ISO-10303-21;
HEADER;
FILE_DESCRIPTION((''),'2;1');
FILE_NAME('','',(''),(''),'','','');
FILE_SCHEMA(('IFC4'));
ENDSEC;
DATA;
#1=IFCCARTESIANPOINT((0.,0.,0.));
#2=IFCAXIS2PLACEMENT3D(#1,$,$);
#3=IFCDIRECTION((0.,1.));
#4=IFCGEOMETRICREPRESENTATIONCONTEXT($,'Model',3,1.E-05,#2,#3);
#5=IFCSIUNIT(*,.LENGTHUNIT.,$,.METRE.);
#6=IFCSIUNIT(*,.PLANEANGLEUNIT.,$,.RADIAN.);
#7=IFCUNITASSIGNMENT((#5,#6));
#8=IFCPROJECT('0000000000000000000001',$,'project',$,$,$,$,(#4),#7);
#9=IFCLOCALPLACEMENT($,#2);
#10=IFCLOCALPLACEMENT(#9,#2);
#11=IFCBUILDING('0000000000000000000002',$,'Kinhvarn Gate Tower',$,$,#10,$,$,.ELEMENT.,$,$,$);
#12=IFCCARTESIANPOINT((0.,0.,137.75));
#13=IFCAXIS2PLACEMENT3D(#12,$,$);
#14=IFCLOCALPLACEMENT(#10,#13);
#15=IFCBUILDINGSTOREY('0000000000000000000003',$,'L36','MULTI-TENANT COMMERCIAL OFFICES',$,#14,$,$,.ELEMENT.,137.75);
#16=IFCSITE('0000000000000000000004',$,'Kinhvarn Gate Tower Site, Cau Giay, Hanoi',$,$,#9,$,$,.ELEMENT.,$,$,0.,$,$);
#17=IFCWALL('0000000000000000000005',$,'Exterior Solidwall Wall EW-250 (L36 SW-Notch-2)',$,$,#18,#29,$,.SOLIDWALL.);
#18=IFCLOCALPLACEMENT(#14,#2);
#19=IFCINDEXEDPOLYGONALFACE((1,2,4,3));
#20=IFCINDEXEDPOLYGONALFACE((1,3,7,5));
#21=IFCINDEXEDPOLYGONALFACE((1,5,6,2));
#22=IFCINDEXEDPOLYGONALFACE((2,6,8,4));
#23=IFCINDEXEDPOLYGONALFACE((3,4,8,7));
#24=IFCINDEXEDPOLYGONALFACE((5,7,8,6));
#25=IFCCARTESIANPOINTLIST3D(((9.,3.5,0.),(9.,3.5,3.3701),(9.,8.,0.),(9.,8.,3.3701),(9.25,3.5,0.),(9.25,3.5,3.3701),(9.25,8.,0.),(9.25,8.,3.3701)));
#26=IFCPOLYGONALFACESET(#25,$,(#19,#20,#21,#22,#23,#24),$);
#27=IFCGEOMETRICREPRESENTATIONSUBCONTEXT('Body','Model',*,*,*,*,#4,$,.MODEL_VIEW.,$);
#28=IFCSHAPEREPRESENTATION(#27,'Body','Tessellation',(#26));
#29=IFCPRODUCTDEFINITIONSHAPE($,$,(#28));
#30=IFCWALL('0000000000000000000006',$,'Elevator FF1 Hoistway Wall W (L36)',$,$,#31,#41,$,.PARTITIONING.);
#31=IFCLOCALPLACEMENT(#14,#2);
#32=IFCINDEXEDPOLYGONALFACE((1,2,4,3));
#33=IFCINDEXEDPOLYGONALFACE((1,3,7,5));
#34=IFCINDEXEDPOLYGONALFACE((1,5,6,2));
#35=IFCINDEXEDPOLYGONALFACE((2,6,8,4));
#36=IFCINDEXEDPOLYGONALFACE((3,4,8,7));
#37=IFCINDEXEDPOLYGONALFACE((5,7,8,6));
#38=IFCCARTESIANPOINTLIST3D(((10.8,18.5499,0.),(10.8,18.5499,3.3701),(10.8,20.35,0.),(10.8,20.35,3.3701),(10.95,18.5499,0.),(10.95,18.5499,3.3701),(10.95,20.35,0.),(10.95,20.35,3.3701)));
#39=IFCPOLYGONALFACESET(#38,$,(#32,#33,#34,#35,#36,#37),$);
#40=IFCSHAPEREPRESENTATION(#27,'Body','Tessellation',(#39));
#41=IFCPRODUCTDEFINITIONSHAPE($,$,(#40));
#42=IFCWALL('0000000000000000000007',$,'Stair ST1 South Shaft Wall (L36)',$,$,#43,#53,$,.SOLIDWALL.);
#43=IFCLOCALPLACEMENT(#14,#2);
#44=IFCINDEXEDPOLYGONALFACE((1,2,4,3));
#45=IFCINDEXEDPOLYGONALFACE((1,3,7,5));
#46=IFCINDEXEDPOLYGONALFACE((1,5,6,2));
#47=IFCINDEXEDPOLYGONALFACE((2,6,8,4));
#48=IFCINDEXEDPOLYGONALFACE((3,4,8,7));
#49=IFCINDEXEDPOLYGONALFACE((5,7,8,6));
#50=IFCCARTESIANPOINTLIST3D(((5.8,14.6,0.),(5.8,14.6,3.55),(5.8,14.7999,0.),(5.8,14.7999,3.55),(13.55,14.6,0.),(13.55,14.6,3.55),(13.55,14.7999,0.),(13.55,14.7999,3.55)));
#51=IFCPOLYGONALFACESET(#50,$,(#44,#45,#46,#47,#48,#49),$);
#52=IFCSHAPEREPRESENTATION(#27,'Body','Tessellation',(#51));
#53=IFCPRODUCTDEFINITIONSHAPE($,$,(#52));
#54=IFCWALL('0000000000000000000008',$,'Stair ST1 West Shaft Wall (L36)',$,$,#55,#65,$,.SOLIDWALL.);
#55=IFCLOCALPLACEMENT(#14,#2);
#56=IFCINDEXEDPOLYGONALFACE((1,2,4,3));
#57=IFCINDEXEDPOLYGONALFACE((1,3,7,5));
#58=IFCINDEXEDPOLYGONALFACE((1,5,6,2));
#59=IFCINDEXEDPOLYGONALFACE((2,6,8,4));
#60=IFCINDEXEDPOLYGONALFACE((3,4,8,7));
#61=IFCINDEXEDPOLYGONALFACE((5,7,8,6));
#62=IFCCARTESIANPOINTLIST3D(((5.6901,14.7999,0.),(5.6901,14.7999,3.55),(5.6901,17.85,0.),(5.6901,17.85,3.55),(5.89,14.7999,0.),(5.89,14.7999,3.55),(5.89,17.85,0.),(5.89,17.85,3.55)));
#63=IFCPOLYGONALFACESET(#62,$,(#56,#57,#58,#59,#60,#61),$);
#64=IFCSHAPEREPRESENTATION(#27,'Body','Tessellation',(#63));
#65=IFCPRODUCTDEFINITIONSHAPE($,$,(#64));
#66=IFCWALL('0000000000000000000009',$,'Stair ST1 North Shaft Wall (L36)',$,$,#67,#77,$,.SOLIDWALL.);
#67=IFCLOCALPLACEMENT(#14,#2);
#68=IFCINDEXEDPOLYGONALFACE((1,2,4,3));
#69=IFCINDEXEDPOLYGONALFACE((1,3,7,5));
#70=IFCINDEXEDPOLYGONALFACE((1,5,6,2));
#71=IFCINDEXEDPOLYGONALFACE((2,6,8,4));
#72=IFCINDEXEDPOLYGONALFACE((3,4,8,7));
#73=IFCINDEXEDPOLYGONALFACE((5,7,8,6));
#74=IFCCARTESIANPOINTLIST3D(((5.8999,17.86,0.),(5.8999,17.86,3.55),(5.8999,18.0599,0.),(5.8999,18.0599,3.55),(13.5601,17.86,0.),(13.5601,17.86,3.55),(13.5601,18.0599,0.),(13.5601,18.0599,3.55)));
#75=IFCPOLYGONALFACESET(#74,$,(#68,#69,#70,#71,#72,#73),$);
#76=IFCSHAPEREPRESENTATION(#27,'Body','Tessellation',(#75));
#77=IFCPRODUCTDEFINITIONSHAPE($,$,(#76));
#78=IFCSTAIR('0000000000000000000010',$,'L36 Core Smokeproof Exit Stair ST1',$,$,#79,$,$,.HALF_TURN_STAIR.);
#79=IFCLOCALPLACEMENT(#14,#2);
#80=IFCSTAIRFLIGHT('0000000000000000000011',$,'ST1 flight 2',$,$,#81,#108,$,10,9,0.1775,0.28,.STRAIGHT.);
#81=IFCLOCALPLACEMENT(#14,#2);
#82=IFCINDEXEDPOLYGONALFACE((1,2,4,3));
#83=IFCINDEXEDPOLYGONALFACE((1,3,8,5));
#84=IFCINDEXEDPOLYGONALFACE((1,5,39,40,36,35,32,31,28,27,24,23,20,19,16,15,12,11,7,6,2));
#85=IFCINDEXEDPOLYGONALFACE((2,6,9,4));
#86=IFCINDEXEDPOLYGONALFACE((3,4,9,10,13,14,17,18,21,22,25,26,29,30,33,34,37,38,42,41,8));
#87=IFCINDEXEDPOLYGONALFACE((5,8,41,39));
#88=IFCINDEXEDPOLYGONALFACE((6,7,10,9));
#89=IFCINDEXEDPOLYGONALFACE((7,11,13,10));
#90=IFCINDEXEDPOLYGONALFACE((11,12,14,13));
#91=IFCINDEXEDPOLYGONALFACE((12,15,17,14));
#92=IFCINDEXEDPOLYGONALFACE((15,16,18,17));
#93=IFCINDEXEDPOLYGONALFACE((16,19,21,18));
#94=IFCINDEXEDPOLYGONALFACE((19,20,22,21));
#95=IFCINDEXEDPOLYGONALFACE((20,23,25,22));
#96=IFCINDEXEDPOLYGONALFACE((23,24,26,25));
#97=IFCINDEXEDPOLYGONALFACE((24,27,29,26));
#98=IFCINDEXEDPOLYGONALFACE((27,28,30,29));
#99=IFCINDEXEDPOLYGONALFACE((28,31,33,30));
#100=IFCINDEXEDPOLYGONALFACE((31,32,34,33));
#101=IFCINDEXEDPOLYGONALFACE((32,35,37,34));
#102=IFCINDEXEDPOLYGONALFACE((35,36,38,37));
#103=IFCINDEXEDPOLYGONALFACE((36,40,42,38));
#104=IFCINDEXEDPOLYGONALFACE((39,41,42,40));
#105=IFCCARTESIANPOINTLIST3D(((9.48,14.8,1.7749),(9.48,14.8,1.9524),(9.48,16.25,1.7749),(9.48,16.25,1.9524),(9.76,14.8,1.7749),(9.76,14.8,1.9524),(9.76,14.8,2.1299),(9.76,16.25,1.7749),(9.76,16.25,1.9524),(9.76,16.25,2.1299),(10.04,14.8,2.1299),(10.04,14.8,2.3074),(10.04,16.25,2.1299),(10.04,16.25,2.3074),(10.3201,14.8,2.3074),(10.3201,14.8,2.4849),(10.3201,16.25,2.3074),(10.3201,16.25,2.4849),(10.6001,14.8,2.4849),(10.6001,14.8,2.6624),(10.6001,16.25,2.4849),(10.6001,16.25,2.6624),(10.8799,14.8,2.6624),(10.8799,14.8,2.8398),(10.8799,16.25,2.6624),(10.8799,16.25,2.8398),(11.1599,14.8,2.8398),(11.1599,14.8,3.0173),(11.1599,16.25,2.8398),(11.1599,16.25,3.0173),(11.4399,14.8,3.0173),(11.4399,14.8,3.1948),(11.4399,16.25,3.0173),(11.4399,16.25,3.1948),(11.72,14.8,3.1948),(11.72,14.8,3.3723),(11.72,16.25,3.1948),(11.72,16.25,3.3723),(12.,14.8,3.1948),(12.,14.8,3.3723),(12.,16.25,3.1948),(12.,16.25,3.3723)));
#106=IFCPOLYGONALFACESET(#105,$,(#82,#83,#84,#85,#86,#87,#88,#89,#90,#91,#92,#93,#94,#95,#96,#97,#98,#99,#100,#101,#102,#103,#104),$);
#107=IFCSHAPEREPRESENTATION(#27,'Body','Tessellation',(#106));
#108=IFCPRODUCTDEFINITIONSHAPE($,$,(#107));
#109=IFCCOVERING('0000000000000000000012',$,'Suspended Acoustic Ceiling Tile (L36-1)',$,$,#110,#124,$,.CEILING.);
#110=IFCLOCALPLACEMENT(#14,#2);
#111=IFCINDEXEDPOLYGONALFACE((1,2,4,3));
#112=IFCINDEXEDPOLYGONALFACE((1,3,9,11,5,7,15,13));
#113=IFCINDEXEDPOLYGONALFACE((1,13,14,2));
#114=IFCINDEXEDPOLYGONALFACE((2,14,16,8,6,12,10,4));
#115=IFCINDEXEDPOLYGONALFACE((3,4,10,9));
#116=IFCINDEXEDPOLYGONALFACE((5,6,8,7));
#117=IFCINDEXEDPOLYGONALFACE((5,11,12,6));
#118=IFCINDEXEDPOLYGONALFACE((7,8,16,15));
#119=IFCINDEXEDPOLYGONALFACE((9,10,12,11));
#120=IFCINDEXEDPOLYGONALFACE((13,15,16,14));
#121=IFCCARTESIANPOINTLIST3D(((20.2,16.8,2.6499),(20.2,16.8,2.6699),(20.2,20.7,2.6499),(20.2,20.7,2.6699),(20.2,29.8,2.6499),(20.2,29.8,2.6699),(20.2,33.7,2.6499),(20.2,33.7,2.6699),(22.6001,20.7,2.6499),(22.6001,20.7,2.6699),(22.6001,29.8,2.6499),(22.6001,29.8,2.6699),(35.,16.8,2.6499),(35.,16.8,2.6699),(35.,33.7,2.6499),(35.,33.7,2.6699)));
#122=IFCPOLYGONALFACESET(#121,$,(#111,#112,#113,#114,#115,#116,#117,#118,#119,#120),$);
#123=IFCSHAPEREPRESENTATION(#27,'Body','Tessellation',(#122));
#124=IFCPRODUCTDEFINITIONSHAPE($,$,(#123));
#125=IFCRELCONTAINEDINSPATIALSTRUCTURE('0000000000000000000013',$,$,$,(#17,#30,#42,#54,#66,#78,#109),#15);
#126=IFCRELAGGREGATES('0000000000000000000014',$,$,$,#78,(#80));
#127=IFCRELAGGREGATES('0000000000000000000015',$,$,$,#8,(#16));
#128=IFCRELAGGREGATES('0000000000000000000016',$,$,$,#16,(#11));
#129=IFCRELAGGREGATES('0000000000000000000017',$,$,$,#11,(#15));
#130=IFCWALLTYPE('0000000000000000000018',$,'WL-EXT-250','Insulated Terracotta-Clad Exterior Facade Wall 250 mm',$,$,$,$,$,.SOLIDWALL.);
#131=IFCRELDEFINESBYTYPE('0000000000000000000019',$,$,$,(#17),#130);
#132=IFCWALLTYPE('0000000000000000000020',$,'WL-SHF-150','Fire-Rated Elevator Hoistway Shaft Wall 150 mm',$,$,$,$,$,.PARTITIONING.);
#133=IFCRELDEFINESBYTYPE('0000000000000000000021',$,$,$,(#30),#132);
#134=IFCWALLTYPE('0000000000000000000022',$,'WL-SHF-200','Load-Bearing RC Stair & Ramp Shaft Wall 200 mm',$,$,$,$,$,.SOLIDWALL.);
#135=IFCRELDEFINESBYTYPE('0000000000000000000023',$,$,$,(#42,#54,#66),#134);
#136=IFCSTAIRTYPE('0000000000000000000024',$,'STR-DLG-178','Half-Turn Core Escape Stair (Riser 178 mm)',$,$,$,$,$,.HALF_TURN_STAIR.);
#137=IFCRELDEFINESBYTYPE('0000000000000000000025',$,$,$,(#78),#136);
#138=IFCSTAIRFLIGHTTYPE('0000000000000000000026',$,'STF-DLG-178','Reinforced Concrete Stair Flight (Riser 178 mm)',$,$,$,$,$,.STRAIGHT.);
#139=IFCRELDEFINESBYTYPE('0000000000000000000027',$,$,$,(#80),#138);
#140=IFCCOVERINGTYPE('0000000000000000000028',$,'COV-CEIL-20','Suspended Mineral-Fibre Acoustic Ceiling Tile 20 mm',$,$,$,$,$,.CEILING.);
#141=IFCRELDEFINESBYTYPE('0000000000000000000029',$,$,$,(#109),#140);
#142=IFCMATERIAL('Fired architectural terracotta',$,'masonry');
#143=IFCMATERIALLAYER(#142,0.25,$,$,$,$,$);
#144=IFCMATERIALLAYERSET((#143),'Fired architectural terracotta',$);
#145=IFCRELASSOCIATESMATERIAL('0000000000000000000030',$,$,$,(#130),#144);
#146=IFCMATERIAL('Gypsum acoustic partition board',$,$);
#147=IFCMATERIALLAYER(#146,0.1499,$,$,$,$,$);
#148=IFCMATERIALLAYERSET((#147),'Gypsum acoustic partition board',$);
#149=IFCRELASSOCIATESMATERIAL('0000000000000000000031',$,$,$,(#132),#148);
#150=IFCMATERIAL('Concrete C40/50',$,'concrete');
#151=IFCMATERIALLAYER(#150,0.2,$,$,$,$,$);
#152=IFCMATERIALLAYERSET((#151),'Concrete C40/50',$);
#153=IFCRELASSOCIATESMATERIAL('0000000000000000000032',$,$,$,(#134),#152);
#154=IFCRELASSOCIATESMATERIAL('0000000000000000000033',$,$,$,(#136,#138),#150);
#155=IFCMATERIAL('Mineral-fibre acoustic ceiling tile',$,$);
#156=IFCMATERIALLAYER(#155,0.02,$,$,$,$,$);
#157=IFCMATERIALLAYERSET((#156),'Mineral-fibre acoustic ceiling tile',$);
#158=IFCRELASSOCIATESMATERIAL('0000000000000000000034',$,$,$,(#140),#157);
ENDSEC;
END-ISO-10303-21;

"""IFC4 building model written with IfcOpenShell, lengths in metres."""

from ifc_helpers import new_model, si_unit, direction, frame, frame_2d, origin, place, context, subcontext, project, spatial, polyline, rectangle, outline, extrude, material, layer, layer_set, type_object, element, aggregate, save


model = new_model("IFC4")

# Units and contexts
model_context = context("Model", 3, precision=1e-05, world=origin(), true_north=direction((0.0, 1.0)))
body_context = subcontext(model_context, "Body", "Model", "MODEL_VIEW")
ifc_project = project(units=[si_unit("LENGTHUNIT", "METRE"), si_unit("PLANEANGLEUNIT", "RADIAN")], contexts=[model_context])

# Site, building, storey
site_placement = place(None, origin())
site = spatial("IfcSite", under=ifc_project, at=site_placement, Name="Kinhvarn Gate Tower Site, Cau Giay, Hanoi", CompositionType="ELEMENT", RefElevation=0.0)
building_placement = place(site_placement, origin())
building = spatial("IfcBuilding", under=site, at=building_placement, Name="Kinhvarn Gate Tower", CompositionType="ELEMENT")
storey_placement = place(building_placement, frame((0.0, 0.0, 137.75)))
storey = spatial("IfcBuildingStorey", under=building, at=storey_placement, Name="L36", Description="MULTI-TENANT COMMERCIAL OFFICES", CompositionType="ELEMENT", Elevation=137.75)

# Shared definitions
ifc_material_1 = material(Name="Fired architectural terracotta", Category="masonry")
ifc_layer_1 = layer(ifc_material_1, 0.25)
ifc_layer_set_1 = layer_set([ifc_layer_1], Name="Fired architectural terracotta")
wall_type_1 = type_object("IfcWallType", Name="WL-EXT-250", Description="Insulated Terracotta-Clad Exterior Facade Wall 250 mm", PredefinedType="SOLIDWALL", material=ifc_layer_set_1)

# Walls
wall_1_placement = place(storey_placement, frame((9.125, 8.0, 0.0), z_axis=(0.0, 0.0, 1.0), x_axis=(0.0, -1.0, 0.0)))
element("IfcWall", 1, at=wall_1_placement, inside=storey, type_object=wall_type_1, Name="Exterior Solidwall Wall EW-250 (L36 SW-Notch-2)", PredefinedType="SOLIDWALL", context=body_context, shape_type="SweptSolid", body=[
    extrude(rectangle(XDim=4.5, YDim=0.25, at=frame_2d((2.25, 0.0))), origin(), (0.0, 0.0, 1.0), 3.3701),
])
ifc_material_2 = material(Name="Gypsum acoustic partition board")
ifc_layer_2 = layer(ifc_material_2, 0.1499)
ifc_layer_set_2 = layer_set([ifc_layer_2], Name="Gypsum acoustic partition board")
wall_type_2 = type_object("IfcWallType", Name="WL-SHF-150", Description="Fire-Rated Elevator Hoistway Shaft Wall 150 mm", PredefinedType="PARTITIONING", material=ifc_layer_set_2)
wall_2_placement = place(storey_placement, frame((10.875, 18.55, 0.0), z_axis=(0.0, 0.0, 1.0), x_axis=(0.0, 1.0, 0.0)))
element("IfcWall", 2, at=wall_2_placement, inside=storey, type_object=wall_type_2, Name="Elevator FF1 Hoistway Wall W (L36)", PredefinedType="PARTITIONING", context=body_context, shape_type="SweptSolid", body=[
    extrude(rectangle(XDim=1.8, YDim=0.1499, at=frame_2d((0.8999, 0.0))), origin(), (0.0, 0.0, 1.0), 3.3701),
])
ifc_material_3 = material(Name="Concrete C40/50", Category="concrete")
ifc_layer_3 = layer(ifc_material_3, 0.2)
ifc_layer_set_3 = layer_set([ifc_layer_3], Name="Concrete C40/50")
wall_type_3 = type_object("IfcWallType", Name="WL-SHF-200", Description="Load-Bearing RC Stair & Ramp Shaft Wall 200 mm", PredefinedType="SOLIDWALL", material=ifc_layer_set_3)
wall_3_placement = place(storey_placement, frame((5.8, 14.7, 0.0), z_axis=(0.0, 0.0, 1.0), x_axis=(1.0, 0.0, 0.0)))
element("IfcWall", 3, at=wall_3_placement, inside=storey, type_object=wall_type_3, Name="Stair ST1 South Shaft Wall (L36)", PredefinedType="SOLIDWALL", context=body_context, shape_type="SweptSolid", body=[
    extrude(rectangle(XDim=7.75, YDim=0.2, at=frame_2d((3.875, 0.0))), origin(), (0.0, 0.0, 1.0), 3.55),
])
wall_4_placement = place(storey_placement, frame((5.79, 14.8, 0.0), z_axis=(0.0, 0.0, 1.0), x_axis=(0.0, 1.0, 0.0)))
element("IfcWall", 4, at=wall_4_placement, inside=storey, type_object=wall_type_3, Name="Stair ST1 West Shaft Wall (L36)", PredefinedType="SOLIDWALL", context=body_context, shape_type="SweptSolid", body=[
    extrude(rectangle(XDim=3.05, YDim=0.2, at=frame_2d((1.5249, 0.0))), origin(), (0.0, 0.0, 1.0), 3.55),
])
wall_5_placement = place(storey_placement, frame((5.8999, 17.96, 0.0), z_axis=(0.0, 0.0, 1.0), x_axis=(1.0, 0.0, 0.0)))
element("IfcWall", 5, at=wall_5_placement, inside=storey, type_object=wall_type_3, Name="Stair ST1 North Shaft Wall (L36)", PredefinedType="SOLIDWALL", context=body_context, shape_type="SweptSolid", body=[
    extrude(rectangle(XDim=7.6602, YDim=0.2, at=frame_2d((3.8301, 0.0))), origin(), (0.0, 0.0, 1.0), 3.55),
])

# Stair, stair flight
stair_type = type_object("IfcStairType", Name="STR-DLG-178", Description="Half-Turn Core Escape Stair (Riser 178 mm)", PredefinedType="HALF_TURN_STAIR", material=ifc_material_3)
stair_placement = place(storey_placement, origin())
stair = element("IfcStair", 6, at=stair_placement, inside=storey, type_object=stair_type, Name="L36 Core Smokeproof Exit Stair ST1", PredefinedType="HALF_TURN_STAIR")
stair_flight_type = type_object("IfcStairFlightType", Name="STF-DLG-178", Description="Reinforced Concrete Stair Flight (Riser 178 mm)", PredefinedType="STRAIGHT", material=ifc_material_3)
stair_flight_placement = place(storey_placement, frame((9.48, 15.5249, 1.7749), z_axis=(0.0, 0.0, 1.0), x_axis=(1.0, 0.0, 0.0)))
stair_flight = element("IfcStairFlight", 7, at=stair_flight_placement, type_object=stair_flight_type, Name="ST1 flight 2", NumberOfRisers=10, NumberOfTreads=9, PredefinedType="STRAIGHT", RiserHeight=0.1775, TreadLength=0.28, context=body_context, shape_type="SweptSolid", body=[
    extrude(outline(polyline([(0.0, 0.0), (0.0, 0.1775), (0.28, 0.1775), (0.28, 0.355), (0.5601, 0.355), (0.5601, 0.5325), (0.8401, 0.5325), (0.8401, 0.71), (1.1201, 0.71), (1.1201, 0.8875), (1.3999, 0.8875), (1.3999, 1.0649), (1.6799, 1.0649), (1.6799, 1.2424), (1.96, 1.2424), (1.96, 1.4199), (2.24, 1.4199), (2.24, 1.5974), (2.52, 1.5974), (2.52, 1.7749), (2.52, 1.4199), (0.28, 0.0), (0.0, 0.0)])), frame((0.0, 0.7251, 0.0), z_axis=(0.0, -1.0, 0.0), x_axis=(1.0, 0.0, 0.0)), (0.0, 0.0, 1.0), 1.45),
])
aggregate(stair, [stair_flight])

# Covering
ifc_material_4 = material(Name="Mineral-fibre acoustic ceiling tile")
ifc_layer_4 = layer(ifc_material_4, 0.02)
ifc_layer_set_4 = layer_set([ifc_layer_4], Name="Mineral-fibre acoustic ceiling tile")
covering_type = type_object("IfcCoveringType", Name="COV-CEIL-20", Description="Suspended Mineral-Fibre Acoustic Ceiling Tile 20 mm", PredefinedType="CEILING", material=ifc_layer_set_4)
covering_placement = place(storey_placement, frame((0.0, 0.0, 2.6499)))
element("IfcCovering", 8, at=covering_placement, inside=storey, type_object=covering_type, Name="Suspended Acoustic Ceiling Tile (L36-1)", PredefinedType="CEILING", context=body_context, shape_type="SweptSolid", body=[
    extrude(outline(polyline([(35.0, 33.7), (35.0, 16.8), (20.2, 16.8), (20.2, 20.7), (22.6001, 20.7), (22.6001, 29.8), (20.2, 29.8), (20.2, 33.7), (35.0, 33.7)])), origin(), (0.0, 0.0, 1.0), 0.02),
])

save(model, "model.ifc")
